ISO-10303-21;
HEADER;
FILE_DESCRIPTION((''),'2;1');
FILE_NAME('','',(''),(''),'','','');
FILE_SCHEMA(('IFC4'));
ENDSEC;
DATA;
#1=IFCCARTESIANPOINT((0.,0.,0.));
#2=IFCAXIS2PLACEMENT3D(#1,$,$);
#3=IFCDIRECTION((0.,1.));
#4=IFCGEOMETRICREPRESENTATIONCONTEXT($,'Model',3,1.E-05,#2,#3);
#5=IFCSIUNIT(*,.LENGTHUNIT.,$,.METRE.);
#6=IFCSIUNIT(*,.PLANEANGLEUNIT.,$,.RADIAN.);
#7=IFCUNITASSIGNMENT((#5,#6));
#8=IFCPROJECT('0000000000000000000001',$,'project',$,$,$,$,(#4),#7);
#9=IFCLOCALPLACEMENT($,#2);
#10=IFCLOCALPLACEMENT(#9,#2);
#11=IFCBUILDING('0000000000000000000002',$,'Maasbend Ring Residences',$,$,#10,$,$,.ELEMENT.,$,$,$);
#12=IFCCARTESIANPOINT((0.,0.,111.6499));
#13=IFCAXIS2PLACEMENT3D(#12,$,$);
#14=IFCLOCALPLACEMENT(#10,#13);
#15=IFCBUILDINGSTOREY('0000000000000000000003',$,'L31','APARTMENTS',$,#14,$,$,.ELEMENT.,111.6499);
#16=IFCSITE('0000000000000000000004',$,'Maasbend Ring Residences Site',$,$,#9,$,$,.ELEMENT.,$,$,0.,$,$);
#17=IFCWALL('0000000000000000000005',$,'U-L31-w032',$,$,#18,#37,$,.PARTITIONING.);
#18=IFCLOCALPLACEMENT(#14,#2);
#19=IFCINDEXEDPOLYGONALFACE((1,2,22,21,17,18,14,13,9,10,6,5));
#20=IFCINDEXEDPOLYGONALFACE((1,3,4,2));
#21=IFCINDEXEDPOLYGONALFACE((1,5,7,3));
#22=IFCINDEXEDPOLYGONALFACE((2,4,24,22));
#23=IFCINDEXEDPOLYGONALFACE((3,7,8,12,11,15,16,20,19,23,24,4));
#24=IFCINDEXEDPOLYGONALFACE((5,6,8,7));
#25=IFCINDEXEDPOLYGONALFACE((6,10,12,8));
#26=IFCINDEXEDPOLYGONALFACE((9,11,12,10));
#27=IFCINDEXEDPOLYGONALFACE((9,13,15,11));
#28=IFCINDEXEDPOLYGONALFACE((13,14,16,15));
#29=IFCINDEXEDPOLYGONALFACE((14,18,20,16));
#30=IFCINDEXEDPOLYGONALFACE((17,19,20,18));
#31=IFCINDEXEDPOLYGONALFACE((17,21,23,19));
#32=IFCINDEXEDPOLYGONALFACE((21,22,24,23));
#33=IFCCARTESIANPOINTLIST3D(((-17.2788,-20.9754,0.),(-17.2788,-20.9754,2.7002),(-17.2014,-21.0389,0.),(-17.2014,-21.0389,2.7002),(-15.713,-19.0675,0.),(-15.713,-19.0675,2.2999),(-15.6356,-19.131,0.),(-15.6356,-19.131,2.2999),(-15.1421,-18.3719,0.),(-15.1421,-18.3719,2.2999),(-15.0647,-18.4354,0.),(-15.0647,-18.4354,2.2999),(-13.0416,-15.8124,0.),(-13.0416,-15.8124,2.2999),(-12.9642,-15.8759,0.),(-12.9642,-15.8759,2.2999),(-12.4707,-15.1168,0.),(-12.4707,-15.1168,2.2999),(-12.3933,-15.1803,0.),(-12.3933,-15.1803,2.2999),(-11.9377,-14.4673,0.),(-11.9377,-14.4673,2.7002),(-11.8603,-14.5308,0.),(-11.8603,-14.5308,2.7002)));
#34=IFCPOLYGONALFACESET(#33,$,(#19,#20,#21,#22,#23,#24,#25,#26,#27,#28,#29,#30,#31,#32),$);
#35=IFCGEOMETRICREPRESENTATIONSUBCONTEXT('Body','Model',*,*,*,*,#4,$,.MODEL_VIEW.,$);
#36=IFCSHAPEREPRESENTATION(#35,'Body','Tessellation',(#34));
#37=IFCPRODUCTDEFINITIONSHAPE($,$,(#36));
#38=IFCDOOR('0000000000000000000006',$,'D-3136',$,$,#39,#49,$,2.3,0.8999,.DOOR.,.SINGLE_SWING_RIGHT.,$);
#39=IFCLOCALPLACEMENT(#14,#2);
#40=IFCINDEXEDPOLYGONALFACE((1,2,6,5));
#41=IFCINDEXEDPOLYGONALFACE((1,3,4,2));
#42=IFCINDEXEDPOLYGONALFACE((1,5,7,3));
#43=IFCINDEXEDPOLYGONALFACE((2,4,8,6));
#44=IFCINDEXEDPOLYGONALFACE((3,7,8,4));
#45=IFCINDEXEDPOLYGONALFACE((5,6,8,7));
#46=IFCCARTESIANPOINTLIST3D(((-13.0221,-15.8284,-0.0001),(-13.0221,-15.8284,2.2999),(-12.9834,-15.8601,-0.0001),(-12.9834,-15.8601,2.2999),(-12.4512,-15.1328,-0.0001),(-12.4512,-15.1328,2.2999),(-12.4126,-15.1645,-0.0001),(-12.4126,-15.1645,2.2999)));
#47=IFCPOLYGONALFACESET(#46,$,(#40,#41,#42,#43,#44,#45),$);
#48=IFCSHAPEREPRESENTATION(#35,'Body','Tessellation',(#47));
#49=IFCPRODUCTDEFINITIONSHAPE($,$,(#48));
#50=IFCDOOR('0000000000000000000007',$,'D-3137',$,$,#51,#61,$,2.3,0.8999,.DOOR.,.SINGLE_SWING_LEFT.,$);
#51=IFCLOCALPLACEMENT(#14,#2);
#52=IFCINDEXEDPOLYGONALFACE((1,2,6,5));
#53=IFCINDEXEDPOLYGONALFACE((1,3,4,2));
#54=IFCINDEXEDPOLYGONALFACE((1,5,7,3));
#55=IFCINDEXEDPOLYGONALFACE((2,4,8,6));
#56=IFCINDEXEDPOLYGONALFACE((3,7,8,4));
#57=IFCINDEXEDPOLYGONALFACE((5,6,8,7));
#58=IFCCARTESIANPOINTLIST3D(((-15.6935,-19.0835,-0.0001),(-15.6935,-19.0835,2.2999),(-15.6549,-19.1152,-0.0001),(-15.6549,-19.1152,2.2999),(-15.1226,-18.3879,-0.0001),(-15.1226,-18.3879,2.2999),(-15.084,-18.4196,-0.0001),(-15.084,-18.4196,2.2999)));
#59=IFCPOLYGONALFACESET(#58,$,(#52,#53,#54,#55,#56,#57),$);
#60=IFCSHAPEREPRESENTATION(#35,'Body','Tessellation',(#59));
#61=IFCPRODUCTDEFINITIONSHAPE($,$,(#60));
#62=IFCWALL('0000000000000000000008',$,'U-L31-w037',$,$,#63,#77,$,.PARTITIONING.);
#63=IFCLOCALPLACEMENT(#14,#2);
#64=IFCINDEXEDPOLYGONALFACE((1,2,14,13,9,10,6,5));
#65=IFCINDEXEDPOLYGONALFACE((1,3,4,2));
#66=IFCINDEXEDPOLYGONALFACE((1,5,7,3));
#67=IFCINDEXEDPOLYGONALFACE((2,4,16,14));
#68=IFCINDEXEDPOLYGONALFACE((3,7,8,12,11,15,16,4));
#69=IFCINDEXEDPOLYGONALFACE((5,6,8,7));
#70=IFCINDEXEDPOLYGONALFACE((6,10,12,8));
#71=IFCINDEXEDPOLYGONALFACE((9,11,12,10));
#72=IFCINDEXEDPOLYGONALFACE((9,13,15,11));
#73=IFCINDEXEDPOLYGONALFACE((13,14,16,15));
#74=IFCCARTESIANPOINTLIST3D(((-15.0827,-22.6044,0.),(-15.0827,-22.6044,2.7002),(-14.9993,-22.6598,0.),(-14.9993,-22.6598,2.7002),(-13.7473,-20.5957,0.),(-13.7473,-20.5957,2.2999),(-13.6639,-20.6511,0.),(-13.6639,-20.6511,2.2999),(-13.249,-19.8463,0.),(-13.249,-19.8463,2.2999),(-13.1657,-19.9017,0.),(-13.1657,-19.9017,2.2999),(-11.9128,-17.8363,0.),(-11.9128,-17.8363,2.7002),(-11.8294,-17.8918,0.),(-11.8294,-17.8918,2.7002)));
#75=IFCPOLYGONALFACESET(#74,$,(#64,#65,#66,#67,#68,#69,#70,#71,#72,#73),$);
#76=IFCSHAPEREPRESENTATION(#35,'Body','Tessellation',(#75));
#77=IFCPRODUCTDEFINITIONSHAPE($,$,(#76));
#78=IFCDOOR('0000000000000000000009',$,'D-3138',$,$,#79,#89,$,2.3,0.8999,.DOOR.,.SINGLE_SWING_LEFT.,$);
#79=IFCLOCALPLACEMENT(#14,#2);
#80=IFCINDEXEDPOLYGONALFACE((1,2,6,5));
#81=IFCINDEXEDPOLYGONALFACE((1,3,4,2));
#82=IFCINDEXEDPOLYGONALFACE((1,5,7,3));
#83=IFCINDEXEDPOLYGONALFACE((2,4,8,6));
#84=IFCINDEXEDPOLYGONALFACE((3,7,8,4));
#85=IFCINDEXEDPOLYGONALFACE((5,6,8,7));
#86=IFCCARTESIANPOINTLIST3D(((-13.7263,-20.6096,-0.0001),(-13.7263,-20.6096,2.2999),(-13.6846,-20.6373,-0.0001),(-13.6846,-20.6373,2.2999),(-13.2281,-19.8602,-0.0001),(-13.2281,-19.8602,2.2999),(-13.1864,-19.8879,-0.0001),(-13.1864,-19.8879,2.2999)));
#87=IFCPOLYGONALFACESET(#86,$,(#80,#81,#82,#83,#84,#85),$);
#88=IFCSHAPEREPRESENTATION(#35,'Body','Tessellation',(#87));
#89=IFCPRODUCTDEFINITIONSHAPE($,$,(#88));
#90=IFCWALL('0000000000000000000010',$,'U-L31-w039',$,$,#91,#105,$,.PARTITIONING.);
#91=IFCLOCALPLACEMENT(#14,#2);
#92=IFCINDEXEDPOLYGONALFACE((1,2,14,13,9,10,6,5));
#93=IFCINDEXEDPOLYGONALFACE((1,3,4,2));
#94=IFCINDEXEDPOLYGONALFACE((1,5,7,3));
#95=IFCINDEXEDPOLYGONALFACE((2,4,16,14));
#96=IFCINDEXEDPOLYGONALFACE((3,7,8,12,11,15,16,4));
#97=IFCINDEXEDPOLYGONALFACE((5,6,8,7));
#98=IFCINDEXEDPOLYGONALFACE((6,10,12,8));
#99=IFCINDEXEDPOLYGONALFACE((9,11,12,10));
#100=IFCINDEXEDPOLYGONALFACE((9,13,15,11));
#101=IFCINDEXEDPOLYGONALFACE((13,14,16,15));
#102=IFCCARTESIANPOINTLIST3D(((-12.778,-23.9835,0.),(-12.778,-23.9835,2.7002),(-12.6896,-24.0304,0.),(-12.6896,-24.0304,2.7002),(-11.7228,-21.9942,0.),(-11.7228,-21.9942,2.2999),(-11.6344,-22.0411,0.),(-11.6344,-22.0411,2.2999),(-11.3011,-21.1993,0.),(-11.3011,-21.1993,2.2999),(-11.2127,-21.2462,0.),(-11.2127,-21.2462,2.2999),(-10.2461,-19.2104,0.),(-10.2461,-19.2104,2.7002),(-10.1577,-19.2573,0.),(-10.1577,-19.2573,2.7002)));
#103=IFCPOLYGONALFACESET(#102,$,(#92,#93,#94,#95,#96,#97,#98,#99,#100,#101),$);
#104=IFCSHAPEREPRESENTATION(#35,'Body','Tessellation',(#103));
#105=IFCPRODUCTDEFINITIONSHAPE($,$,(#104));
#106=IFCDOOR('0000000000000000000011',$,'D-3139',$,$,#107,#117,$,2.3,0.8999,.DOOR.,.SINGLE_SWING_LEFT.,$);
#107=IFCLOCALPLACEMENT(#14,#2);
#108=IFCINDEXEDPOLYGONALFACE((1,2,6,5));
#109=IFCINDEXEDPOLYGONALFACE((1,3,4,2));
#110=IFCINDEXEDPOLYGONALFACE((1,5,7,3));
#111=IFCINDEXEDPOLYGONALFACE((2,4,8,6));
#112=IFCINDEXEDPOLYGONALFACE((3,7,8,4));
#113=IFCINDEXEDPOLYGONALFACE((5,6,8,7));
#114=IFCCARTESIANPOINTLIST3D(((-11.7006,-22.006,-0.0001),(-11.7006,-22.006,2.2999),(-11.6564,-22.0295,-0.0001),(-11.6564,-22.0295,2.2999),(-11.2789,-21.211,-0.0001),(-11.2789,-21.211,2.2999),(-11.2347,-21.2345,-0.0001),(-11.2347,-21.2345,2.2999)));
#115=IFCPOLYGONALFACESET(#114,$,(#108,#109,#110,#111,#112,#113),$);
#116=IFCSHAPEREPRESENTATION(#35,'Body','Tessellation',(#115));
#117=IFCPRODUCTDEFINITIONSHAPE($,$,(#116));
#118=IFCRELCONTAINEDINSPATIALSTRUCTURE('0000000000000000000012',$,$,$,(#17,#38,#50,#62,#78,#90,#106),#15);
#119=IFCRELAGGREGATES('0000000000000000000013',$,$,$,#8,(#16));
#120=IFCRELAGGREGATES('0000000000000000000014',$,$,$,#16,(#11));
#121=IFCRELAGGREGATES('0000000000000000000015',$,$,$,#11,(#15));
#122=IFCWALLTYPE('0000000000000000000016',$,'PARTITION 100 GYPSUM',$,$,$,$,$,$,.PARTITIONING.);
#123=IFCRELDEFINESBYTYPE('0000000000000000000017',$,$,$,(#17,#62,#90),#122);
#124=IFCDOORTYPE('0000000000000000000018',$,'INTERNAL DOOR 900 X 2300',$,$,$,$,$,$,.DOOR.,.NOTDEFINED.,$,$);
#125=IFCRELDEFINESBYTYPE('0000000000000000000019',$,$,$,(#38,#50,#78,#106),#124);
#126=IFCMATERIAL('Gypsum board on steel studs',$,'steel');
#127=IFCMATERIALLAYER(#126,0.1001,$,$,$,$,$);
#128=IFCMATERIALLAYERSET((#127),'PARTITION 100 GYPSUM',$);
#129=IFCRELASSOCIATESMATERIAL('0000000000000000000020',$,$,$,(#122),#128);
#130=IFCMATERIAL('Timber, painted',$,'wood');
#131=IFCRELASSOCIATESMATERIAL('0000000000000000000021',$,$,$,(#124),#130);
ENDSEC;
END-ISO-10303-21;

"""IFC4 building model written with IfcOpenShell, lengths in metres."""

from ifc_helpers import new_model, si_unit, direction, frame, frame_2d, origin, place, context, subcontext, project, spatial, rectangle, extrude, material, layer, layer_set, type_object, element, fill, save


model = new_model("IFC4")

# Units and contexts
model_context = context("Model", 3, precision=1e-05, world=origin(), true_north=direction((0.0, 1.0)))
body_context = subcontext(model_context, "Body", "Model", "MODEL_VIEW")
ifc_project = project(units=[si_unit("LENGTHUNIT", "METRE"), si_unit("PLANEANGLEUNIT", "RADIAN")], contexts=[model_context])

# Site, building, storey
site_placement = place(None, origin())
site = spatial("IfcSite", under=ifc_project, at=site_placement, Name="Maasbend Ring Residences Site", CompositionType="ELEMENT", RefElevation=0.0)
building_placement = place(site_placement, origin())
building = spatial("IfcBuilding", under=site, at=building_placement, Name="Maasbend Ring Residences", CompositionType="ELEMENT")
storey_placement = place(building_placement, frame((0.0, 0.0, 111.6499)))
storey = spatial("IfcBuildingStorey", under=building, at=storey_placement, Name="L31", Description="APARTMENTS", CompositionType="ELEMENT", Elevation=111.6499)

# Wall, openings, doors
ifc_material_1 = material(Name="Gypsum board on steel studs", Category="steel")
ifc_layer_1 = layer(ifc_material_1, 0.1001)
ifc_layer_set_1 = layer_set([ifc_layer_1], Name="PARTITION 100 GYPSUM")
wall_type_1 = type_object("IfcWallType", Name="PARTITION 100 GYPSUM", PredefinedType="PARTITIONING", material=ifc_layer_set_1)
wall_1_placement = place(storey_placement, frame((-17.24, -21.0071, 0.0), z_axis=(0.0, 0.0, 1.0), x_axis=(0.634396, 0.773008, 0.0)))
wall_1 = element("IfcWall", 1, at=wall_1_placement, inside=storey, type_object=wall_type_1, Name="U-L31-w032", PredefinedType="PARTITIONING", context=body_context, shape_type="SweptSolid", body=[
    extrude(rectangle(XDim=8.4192, YDim=0.1001, at=frame_2d((4.2095, 0.0))), origin(), (0.0, 0.0, 1.0), 2.7002),
])
opening_1_placement = place(wall_1_placement, frame((6.679, 0.0, 0.0)))
opening_1 = element("IfcOpeningElement", 2, at=opening_1_placement, cuts=wall_1, PredefinedType="OPENING", context=body_context, shape_type="SweptSolid", body=[
    extrude(rectangle(XDim=0.8999, YDim=2.3, at=frame_2d((0.45, 1.1499))), frame((0.0, 0.0601, 0.0), z_axis=(0.0, -1.0, 0.0), x_axis=(1.0, 0.0, 0.0)), (0.0, 0.0, 1.0), 0.1201),
])
opening_2_placement = place(wall_1_placement, frame((2.468, 0.0, 0.0)))
opening_2 = element("IfcOpeningElement", 3, at=opening_2_placement, cuts=wall_1, PredefinedType="OPENING", context=body_context, shape_type="SweptSolid", body=[
    extrude(rectangle(XDim=0.8999, YDim=2.3, at=frame_2d((0.45, 1.1499))), frame((0.0, 0.0601, 0.0), z_axis=(0.0, -1.0, 0.0), x_axis=(1.0, 0.0, 0.0)), (0.0, 0.0, 1.0), 0.1201),
])
ifc_material_2 = material(Name="Timber, painted", Category="wood")
door_type_1 = type_object("IfcDoorType", Name="INTERNAL DOOR 900 X 2300", OperationType="NOTDEFINED", PredefinedType="DOOR", material=ifc_material_2)
door_1_placement = place(opening_1_placement, origin())
door_1 = element("IfcDoor", 4, at=door_1_placement, inside=storey, type_object=door_type_1, Name="D-3136", OperationType="SINGLE_SWING_RIGHT", OverallHeight=2.3, OverallWidth=0.8999, PredefinedType="DOOR", context=body_context, shape_type="SweptSolid", body=[
    extrude(rectangle(XDim=0.8999, YDim=2.3, at=frame_2d((0.45, 1.1499))), frame((0.0, 0.0249, 0.0), z_axis=(0.0, -1.0, 0.0), x_axis=(1.0, 0.0, 0.0)), (0.0, 0.0, 1.0), 0.05),
])
fill(opening_1, door_1)
door_2_placement = place(opening_2_placement, origin())
door_2 = element("IfcDoor", 5, at=door_2_placement, inside=storey, type_object=door_type_1, Name="D-3137", OperationType="SINGLE_SWING_LEFT", OverallHeight=2.3, OverallWidth=0.8999, PredefinedType="DOOR", context=body_context, shape_type="SweptSolid", body=[
    extrude(rectangle(XDim=0.8999, YDim=2.3, at=frame_2d((0.45, 1.1499))), frame((0.0, 0.0249, 0.0), z_axis=(0.0, -1.0, 0.0), x_axis=(1.0, 0.0, 0.0)), (0.0, 0.0, 1.0), 0.05),
])
fill(opening_2, door_2)

# Walls, openings, doors
wall_2_placement = place(storey_placement, frame((-15.041, -22.6321, 0.0), z_axis=(0.0, 0.0, 1.0), x_axis=(0.553637, 0.832758, 0.0)))
wall_2 = element("IfcWall", 6, at=wall_2_placement, inside=storey, type_object=wall_type_1, Name="U-L31-w037", PredefinedType="PARTITIONING", context=body_context, shape_type="SweptSolid", body=[
    extrude(rectangle(XDim=5.7256, YDim=0.1001, at=frame_2d((2.8628, 0.0))), origin(), (0.0, 0.0, 1.0), 2.7002),
])
opening_3_placement = place(wall_2_placement, frame((2.4121, 0.0, 0.0)))
opening_3 = element("IfcOpeningElement", 7, at=opening_3_placement, cuts=wall_2, PredefinedType="OPENING", context=body_context, shape_type="SweptSolid", body=[
    extrude(rectangle(XDim=0.8999, YDim=2.3, at=frame_2d((0.45, 1.1499))), frame((0.0, 0.0601, 0.0), z_axis=(0.0, -1.0, 0.0), x_axis=(1.0, 0.0, 0.0)), (0.0, 0.0, 1.0), 0.1201),
])
door_3_placement = place(opening_3_placement, origin())
door_3 = element("IfcDoor", 8, at=door_3_placement, inside=storey, type_object=door_type_1, Name="D-3138", OperationType="SINGLE_SWING_LEFT", OverallHeight=2.3, OverallWidth=0.8999, PredefinedType="DOOR", context=body_context, shape_type="SweptSolid", body=[
    extrude(rectangle(XDim=0.8999, YDim=2.3, at=frame_2d((0.45, 1.1499))), frame((0.0, 0.0249, 0.0), z_axis=(0.0, -1.0, 0.0), x_axis=(1.0, 0.0, 0.0)), (0.0, 0.0, 1.0), 0.05),
])
fill(opening_3, door_3)
wall_3_placement = place(storey_placement, frame((-12.7339, -24.0071, 0.0), z_axis=(0.0, 0.0, 1.0), x_axis=(0.46861, 0.883405, 0.0)))
wall_3 = element("IfcWall", 9, at=wall_3_placement, inside=storey, type_object=wall_type_1, Name="U-L31-w039", PredefinedType="PARTITIONING", context=body_context, shape_type="SweptSolid", body=[
    extrude(rectangle(XDim=5.4031, YDim=0.1001, at=frame_2d((2.7017, 0.0))), origin(), (0.0, 0.0, 1.0), 2.7002),
])
opening_4_placement = place(wall_3_placement, frame((2.252, 0.0, 0.0)))
opening_4 = element("IfcOpeningElement", 10, at=opening_4_placement, cuts=wall_3, PredefinedType="OPENING", context=body_context, shape_type="SweptSolid", body=[
    extrude(rectangle(XDim=0.8999, YDim=2.3, at=frame_2d((0.45, 1.1499))), frame((0.0, 0.0601, 0.0), z_axis=(0.0, -1.0, 0.0), x_axis=(1.0, 0.0, 0.0)), (0.0, 0.0, 1.0), 0.1201),
])
door_4_placement = place(opening_4_placement, origin())
door_4 = element("IfcDoor", 11, at=door_4_placement, inside=storey, type_object=door_type_1, Name="D-3139", OperationType="SINGLE_SWING_LEFT", OverallHeight=2.3, OverallWidth=0.8999, PredefinedType="DOOR", context=body_context, shape_type="SweptSolid", body=[
    extrude(rectangle(XDim=0.8999, YDim=2.3, at=frame_2d((0.45, 1.1499))), frame((0.0, 0.0249, 0.0), z_axis=(0.0, -1.0, 0.0), x_axis=(1.0, 0.0, 0.0)), (0.0, 0.0, 1.0), 0.05),
])
fill(opening_4, door_4)

save(model, "model.ifc")
